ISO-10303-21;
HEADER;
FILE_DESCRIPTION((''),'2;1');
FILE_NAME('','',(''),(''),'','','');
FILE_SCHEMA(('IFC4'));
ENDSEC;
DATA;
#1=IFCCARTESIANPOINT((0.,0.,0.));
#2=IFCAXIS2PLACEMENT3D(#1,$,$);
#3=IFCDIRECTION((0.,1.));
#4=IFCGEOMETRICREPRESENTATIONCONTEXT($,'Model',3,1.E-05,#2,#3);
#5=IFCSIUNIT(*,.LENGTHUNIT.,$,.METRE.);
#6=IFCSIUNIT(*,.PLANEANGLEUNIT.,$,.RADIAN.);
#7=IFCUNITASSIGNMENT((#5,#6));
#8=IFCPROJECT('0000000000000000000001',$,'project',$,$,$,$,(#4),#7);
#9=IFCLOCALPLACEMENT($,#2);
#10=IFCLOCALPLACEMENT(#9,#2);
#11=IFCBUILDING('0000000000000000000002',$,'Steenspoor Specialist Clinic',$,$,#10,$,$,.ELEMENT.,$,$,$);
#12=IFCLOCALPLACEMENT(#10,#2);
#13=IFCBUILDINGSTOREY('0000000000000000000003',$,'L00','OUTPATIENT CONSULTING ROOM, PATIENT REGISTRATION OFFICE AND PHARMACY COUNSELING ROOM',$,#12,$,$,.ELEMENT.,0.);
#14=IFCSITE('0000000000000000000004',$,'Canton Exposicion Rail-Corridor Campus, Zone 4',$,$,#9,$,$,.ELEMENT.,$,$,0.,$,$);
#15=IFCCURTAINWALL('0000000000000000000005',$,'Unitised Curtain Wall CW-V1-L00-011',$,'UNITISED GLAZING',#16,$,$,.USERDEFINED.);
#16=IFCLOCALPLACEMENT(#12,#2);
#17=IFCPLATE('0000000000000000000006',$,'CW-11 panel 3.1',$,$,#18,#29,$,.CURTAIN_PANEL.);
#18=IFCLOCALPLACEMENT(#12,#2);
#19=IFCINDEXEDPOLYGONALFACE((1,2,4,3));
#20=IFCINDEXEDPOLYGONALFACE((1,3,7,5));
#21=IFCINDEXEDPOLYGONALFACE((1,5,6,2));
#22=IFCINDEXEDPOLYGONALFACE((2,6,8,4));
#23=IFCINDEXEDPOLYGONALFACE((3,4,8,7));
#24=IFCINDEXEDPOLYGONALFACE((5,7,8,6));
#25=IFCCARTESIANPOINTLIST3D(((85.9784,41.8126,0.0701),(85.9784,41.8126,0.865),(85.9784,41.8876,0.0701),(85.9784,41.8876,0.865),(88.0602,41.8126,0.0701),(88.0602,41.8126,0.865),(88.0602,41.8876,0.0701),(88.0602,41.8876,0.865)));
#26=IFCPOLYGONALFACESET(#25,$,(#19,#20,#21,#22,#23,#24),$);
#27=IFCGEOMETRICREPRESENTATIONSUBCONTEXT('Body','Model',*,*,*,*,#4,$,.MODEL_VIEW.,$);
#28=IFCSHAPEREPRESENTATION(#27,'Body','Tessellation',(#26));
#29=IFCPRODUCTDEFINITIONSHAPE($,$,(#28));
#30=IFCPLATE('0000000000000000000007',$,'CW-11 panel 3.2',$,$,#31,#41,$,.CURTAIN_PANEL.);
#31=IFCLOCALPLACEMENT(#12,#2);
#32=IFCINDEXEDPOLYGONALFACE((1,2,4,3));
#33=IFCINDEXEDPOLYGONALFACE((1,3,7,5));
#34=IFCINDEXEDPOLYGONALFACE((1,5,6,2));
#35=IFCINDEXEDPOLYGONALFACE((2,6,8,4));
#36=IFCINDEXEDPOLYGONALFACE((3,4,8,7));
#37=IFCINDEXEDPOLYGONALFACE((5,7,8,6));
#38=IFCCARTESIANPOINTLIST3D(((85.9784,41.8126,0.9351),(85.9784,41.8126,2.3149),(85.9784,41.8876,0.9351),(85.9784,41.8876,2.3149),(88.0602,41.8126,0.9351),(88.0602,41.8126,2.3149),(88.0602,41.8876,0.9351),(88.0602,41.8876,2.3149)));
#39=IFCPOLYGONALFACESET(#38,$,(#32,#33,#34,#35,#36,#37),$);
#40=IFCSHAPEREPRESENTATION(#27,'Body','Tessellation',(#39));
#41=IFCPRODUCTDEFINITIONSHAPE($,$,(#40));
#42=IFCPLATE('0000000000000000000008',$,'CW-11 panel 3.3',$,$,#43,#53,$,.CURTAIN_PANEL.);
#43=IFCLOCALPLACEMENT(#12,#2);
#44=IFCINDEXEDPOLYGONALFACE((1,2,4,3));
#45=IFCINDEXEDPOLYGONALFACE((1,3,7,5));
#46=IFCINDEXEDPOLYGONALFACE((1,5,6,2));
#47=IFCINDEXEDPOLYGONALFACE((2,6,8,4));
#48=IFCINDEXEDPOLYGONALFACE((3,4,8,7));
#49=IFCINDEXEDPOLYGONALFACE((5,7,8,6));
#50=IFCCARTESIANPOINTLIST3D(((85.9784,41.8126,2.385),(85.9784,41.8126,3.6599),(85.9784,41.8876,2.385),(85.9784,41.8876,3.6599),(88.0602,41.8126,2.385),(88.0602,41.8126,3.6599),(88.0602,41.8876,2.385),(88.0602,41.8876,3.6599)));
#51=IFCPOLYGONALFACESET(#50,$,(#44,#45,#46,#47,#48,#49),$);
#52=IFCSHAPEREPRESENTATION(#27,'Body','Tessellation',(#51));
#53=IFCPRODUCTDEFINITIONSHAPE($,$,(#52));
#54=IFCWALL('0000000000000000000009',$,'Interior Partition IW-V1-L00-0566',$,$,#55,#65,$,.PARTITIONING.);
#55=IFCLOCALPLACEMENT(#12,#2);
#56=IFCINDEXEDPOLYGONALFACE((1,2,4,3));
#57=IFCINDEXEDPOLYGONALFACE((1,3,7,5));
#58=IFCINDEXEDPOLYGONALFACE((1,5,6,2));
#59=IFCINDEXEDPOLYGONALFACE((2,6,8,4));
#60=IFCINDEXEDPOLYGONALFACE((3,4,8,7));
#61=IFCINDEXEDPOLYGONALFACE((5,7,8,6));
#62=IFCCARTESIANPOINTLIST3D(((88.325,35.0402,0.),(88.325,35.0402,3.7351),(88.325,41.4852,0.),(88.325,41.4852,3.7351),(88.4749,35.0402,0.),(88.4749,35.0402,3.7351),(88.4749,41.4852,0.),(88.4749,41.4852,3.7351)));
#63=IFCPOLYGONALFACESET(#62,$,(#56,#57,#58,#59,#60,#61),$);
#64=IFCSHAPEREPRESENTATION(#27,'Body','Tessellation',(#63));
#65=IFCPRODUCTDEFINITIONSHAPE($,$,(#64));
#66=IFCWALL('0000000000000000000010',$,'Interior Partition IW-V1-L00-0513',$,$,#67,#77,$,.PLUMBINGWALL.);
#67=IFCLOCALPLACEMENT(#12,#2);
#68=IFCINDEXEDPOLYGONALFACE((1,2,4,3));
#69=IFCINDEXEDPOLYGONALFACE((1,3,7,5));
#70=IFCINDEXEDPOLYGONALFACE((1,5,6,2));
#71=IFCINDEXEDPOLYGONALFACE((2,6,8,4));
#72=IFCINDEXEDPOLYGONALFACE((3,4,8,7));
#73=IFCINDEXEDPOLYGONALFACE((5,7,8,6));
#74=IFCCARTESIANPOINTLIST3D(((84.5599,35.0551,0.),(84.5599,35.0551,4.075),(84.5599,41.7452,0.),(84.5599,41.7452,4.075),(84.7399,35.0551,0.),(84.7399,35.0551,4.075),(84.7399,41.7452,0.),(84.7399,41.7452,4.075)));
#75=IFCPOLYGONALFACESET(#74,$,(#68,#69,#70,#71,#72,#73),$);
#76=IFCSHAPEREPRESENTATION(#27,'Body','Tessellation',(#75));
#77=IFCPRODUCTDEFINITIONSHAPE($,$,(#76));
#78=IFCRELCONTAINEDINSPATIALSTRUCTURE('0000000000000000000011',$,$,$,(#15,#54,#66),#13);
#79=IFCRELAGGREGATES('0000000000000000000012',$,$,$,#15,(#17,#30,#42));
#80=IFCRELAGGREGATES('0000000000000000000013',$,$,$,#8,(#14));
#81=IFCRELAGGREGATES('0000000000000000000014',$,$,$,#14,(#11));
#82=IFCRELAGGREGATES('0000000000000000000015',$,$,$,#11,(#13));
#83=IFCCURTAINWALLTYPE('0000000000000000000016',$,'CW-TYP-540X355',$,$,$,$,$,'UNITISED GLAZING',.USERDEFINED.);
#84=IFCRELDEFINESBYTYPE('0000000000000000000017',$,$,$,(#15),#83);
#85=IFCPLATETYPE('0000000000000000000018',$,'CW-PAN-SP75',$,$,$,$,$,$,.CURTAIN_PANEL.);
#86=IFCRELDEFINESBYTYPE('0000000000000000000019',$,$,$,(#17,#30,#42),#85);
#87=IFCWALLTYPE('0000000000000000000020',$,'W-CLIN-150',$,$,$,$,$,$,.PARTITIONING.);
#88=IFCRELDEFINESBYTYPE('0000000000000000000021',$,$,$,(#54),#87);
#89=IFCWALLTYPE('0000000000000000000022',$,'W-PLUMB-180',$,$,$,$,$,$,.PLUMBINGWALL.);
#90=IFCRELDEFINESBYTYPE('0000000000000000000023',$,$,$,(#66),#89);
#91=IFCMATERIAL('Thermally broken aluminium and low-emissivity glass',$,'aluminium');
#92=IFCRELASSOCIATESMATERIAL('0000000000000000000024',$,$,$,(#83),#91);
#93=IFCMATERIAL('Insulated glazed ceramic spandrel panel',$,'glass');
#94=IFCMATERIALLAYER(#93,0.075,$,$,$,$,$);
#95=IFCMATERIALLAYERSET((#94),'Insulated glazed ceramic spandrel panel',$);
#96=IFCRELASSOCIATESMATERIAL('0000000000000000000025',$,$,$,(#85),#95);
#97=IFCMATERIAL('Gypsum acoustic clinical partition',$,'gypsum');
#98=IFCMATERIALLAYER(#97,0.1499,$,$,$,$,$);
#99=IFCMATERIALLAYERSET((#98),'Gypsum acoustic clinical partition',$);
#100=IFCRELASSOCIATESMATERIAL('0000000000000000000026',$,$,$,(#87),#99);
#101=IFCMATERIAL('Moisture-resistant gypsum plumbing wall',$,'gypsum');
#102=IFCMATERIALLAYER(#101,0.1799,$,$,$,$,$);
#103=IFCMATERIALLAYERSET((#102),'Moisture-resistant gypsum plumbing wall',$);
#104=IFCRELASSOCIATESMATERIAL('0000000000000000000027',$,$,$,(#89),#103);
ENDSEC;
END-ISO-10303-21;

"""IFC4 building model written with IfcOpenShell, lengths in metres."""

from ifc_helpers import new_model, si_unit, direction, frame, frame_2d, origin, origin_2d, place, context, subcontext, project, spatial, rectangle, extrude, material, layer, layer_set, type_object, element, aggregate, save


model = new_model("IFC4")

# Units and contexts
model_context = context("Model", 3, precision=1e-05, world=origin(), true_north=direction((0.0, 1.0)))
body_context = subcontext(model_context, "Body", "Model", "MODEL_VIEW")
ifc_project = project(units=[si_unit("LENGTHUNIT", "METRE"), si_unit("PLANEANGLEUNIT", "RADIAN")], contexts=[model_context])

# Site, building, storey
site_placement = place(None, origin())
site = spatial("IfcSite", under=ifc_project, at=site_placement, Name="Canton Exposicion Rail-Corridor Campus, Zone 4", CompositionType="ELEMENT", RefElevation=0.0)
building_placement = place(site_placement, origin())
building = spatial("IfcBuilding", under=site, at=building_placement, Name="Steenspoor Specialist Clinic", CompositionType="ELEMENT")
storey_placement = place(building_placement, origin())
storey = spatial("IfcBuildingStorey", under=building, at=storey_placement, Name="L00", Description="OUTPATIENT CONSULTING ROOM, PATIENT REGISTRATION OFFICE AND PHARMACY COUNSELING ROOM", CompositionType="ELEMENT", Elevation=0.0)

# Curtain wall, plates
ifc_material_1 = material(Name="Thermally broken aluminium and low-emissivity glass", Category="aluminium")
curtain_wall_type = type_object("IfcCurtainWallType", Name="CW-TYP-540X355", ElementType="UNITISED GLAZING", PredefinedType="USERDEFINED", material=ifc_material_1)
curtain_wall_placement = place(storey_placement, origin())
curtain_wall = element("IfcCurtainWall", 1, at=curtain_wall_placement, inside=storey, type_object=curtain_wall_type, Name="Unitised Curtain Wall CW-V1-L00-011", ObjectType="UNITISED GLAZING", PredefinedType="USERDEFINED")
ifc_material_2 = material(Name="Insulated glazed ceramic spandrel panel", Category="glass")
ifc_layer_1 = layer(ifc_material_2, 0.075)
ifc_layer_set_1 = layer_set([ifc_layer_1], Name="Insulated glazed ceramic spandrel panel")
plate_type = type_object("IfcPlateType", Name="CW-PAN-SP75", PredefinedType="CURTAIN_PANEL", material=ifc_layer_set_1)
plate_1_placement = place(storey_placement, frame((87.0193, 41.8501, 0.0701), z_axis=(0.0, 0.0, 1.0), x_axis=(1.0, 0.0, 0.0)))
plate_1 = element("IfcPlate", 2, at=plate_1_placement, type_object=plate_type, Name="CW-11 panel 3.1", PredefinedType="CURTAIN_PANEL", context=body_context, shape_type="SweptSolid", body=[
    extrude(rectangle(XDim=2.0818, YDim=0.075, at=origin_2d()), origin(), (0.0, 0.0, 1.0), 0.7949),
])
plate_2_placement = place(storey_placement, frame((87.0193, 41.8501, 0.9351), z_axis=(0.0, 0.0, 1.0), x_axis=(1.0, 0.0, 0.0)))
plate_2 = element("IfcPlate", 3, at=plate_2_placement, type_object=plate_type, Name="CW-11 panel 3.2", PredefinedType="CURTAIN_PANEL", context=body_context, shape_type="SweptSolid", body=[
    extrude(rectangle(XDim=2.0818, YDim=0.075, at=origin_2d()), origin(), (0.0, 0.0, 1.0), 1.3799),
])
plate_3_placement = place(storey_placement, frame((87.0193, 41.8501, 2.385), z_axis=(0.0, 0.0, 1.0), x_axis=(1.0, 0.0, 0.0)))
plate_3 = element("IfcPlate", 4, at=plate_3_placement, type_object=plate_type, Name="CW-11 panel 3.3", PredefinedType="CURTAIN_PANEL", context=body_context, shape_type="SweptSolid", body=[
    extrude(rectangle(XDim=2.0818, YDim=0.075, at=origin_2d()), origin(), (0.0, 0.0, 1.0), 1.2749),
])
aggregate(curtain_wall, [plate_1, plate_2, plate_3])

# Walls
ifc_material_3 = material(Name="Gypsum acoustic clinical partition", Category="gypsum")
ifc_layer_2 = layer(ifc_material_3, 0.1499)
ifc_layer_set_2 = layer_set([ifc_layer_2], Name="Gypsum acoustic clinical partition")
wall_type_1 = type_object("IfcWallType", Name="W-CLIN-150", PredefinedType="PARTITIONING", material=ifc_layer_set_2)
wall_1_placement = place(storey_placement, frame((88.3999, 35.04, 0.0), z_axis=(0.0, 0.0, 1.0), x_axis=(0.0, 1.0, 0.0)))
element("IfcWall", 5, at=wall_1_placement, inside=storey, type_object=wall_type_1, Name="Interior Partition IW-V1-L00-0566", PredefinedType="PARTITIONING", context=body_context, shape_type="SweptSolid", body=[
    extrude(rectangle(XDim=6.4451, YDim=0.1499, at=frame_2d((3.2227, 0.0))), origin(), (0.0, 0.0, 1.0), 3.7351),
])
ifc_material_4 = material(Name="Moisture-resistant gypsum plumbing wall", Category="gypsum")
ifc_layer_3 = layer(ifc_material_4, 0.1799)
ifc_layer_set_3 = layer_set([ifc_layer_3], Name="Moisture-resistant gypsum plumbing wall")
wall_type_2 = type_object("IfcWallType", Name="W-PLUMB-180", PredefinedType="PLUMBINGWALL", material=ifc_layer_set_3)
wall_2_placement = place(storey_placement, frame((84.6499, 35.0549, 0.0), z_axis=(0.0, 0.0, 1.0), x_axis=(0.0, 1.0, 0.0)))
element("IfcWall", 6, at=wall_2_placement, inside=storey, type_object=wall_type_2, Name="Interior Partition IW-V1-L00-0513", PredefinedType="PLUMBINGWALL", context=body_context, shape_type="SweptSolid", body=[
    extrude(rectangle(XDim=6.6902, YDim=0.1799, at=frame_2d((3.3452, 0.0))), origin(), (0.0, 0.0, 1.0), 4.075),
])

save(model, "model.ifc")
